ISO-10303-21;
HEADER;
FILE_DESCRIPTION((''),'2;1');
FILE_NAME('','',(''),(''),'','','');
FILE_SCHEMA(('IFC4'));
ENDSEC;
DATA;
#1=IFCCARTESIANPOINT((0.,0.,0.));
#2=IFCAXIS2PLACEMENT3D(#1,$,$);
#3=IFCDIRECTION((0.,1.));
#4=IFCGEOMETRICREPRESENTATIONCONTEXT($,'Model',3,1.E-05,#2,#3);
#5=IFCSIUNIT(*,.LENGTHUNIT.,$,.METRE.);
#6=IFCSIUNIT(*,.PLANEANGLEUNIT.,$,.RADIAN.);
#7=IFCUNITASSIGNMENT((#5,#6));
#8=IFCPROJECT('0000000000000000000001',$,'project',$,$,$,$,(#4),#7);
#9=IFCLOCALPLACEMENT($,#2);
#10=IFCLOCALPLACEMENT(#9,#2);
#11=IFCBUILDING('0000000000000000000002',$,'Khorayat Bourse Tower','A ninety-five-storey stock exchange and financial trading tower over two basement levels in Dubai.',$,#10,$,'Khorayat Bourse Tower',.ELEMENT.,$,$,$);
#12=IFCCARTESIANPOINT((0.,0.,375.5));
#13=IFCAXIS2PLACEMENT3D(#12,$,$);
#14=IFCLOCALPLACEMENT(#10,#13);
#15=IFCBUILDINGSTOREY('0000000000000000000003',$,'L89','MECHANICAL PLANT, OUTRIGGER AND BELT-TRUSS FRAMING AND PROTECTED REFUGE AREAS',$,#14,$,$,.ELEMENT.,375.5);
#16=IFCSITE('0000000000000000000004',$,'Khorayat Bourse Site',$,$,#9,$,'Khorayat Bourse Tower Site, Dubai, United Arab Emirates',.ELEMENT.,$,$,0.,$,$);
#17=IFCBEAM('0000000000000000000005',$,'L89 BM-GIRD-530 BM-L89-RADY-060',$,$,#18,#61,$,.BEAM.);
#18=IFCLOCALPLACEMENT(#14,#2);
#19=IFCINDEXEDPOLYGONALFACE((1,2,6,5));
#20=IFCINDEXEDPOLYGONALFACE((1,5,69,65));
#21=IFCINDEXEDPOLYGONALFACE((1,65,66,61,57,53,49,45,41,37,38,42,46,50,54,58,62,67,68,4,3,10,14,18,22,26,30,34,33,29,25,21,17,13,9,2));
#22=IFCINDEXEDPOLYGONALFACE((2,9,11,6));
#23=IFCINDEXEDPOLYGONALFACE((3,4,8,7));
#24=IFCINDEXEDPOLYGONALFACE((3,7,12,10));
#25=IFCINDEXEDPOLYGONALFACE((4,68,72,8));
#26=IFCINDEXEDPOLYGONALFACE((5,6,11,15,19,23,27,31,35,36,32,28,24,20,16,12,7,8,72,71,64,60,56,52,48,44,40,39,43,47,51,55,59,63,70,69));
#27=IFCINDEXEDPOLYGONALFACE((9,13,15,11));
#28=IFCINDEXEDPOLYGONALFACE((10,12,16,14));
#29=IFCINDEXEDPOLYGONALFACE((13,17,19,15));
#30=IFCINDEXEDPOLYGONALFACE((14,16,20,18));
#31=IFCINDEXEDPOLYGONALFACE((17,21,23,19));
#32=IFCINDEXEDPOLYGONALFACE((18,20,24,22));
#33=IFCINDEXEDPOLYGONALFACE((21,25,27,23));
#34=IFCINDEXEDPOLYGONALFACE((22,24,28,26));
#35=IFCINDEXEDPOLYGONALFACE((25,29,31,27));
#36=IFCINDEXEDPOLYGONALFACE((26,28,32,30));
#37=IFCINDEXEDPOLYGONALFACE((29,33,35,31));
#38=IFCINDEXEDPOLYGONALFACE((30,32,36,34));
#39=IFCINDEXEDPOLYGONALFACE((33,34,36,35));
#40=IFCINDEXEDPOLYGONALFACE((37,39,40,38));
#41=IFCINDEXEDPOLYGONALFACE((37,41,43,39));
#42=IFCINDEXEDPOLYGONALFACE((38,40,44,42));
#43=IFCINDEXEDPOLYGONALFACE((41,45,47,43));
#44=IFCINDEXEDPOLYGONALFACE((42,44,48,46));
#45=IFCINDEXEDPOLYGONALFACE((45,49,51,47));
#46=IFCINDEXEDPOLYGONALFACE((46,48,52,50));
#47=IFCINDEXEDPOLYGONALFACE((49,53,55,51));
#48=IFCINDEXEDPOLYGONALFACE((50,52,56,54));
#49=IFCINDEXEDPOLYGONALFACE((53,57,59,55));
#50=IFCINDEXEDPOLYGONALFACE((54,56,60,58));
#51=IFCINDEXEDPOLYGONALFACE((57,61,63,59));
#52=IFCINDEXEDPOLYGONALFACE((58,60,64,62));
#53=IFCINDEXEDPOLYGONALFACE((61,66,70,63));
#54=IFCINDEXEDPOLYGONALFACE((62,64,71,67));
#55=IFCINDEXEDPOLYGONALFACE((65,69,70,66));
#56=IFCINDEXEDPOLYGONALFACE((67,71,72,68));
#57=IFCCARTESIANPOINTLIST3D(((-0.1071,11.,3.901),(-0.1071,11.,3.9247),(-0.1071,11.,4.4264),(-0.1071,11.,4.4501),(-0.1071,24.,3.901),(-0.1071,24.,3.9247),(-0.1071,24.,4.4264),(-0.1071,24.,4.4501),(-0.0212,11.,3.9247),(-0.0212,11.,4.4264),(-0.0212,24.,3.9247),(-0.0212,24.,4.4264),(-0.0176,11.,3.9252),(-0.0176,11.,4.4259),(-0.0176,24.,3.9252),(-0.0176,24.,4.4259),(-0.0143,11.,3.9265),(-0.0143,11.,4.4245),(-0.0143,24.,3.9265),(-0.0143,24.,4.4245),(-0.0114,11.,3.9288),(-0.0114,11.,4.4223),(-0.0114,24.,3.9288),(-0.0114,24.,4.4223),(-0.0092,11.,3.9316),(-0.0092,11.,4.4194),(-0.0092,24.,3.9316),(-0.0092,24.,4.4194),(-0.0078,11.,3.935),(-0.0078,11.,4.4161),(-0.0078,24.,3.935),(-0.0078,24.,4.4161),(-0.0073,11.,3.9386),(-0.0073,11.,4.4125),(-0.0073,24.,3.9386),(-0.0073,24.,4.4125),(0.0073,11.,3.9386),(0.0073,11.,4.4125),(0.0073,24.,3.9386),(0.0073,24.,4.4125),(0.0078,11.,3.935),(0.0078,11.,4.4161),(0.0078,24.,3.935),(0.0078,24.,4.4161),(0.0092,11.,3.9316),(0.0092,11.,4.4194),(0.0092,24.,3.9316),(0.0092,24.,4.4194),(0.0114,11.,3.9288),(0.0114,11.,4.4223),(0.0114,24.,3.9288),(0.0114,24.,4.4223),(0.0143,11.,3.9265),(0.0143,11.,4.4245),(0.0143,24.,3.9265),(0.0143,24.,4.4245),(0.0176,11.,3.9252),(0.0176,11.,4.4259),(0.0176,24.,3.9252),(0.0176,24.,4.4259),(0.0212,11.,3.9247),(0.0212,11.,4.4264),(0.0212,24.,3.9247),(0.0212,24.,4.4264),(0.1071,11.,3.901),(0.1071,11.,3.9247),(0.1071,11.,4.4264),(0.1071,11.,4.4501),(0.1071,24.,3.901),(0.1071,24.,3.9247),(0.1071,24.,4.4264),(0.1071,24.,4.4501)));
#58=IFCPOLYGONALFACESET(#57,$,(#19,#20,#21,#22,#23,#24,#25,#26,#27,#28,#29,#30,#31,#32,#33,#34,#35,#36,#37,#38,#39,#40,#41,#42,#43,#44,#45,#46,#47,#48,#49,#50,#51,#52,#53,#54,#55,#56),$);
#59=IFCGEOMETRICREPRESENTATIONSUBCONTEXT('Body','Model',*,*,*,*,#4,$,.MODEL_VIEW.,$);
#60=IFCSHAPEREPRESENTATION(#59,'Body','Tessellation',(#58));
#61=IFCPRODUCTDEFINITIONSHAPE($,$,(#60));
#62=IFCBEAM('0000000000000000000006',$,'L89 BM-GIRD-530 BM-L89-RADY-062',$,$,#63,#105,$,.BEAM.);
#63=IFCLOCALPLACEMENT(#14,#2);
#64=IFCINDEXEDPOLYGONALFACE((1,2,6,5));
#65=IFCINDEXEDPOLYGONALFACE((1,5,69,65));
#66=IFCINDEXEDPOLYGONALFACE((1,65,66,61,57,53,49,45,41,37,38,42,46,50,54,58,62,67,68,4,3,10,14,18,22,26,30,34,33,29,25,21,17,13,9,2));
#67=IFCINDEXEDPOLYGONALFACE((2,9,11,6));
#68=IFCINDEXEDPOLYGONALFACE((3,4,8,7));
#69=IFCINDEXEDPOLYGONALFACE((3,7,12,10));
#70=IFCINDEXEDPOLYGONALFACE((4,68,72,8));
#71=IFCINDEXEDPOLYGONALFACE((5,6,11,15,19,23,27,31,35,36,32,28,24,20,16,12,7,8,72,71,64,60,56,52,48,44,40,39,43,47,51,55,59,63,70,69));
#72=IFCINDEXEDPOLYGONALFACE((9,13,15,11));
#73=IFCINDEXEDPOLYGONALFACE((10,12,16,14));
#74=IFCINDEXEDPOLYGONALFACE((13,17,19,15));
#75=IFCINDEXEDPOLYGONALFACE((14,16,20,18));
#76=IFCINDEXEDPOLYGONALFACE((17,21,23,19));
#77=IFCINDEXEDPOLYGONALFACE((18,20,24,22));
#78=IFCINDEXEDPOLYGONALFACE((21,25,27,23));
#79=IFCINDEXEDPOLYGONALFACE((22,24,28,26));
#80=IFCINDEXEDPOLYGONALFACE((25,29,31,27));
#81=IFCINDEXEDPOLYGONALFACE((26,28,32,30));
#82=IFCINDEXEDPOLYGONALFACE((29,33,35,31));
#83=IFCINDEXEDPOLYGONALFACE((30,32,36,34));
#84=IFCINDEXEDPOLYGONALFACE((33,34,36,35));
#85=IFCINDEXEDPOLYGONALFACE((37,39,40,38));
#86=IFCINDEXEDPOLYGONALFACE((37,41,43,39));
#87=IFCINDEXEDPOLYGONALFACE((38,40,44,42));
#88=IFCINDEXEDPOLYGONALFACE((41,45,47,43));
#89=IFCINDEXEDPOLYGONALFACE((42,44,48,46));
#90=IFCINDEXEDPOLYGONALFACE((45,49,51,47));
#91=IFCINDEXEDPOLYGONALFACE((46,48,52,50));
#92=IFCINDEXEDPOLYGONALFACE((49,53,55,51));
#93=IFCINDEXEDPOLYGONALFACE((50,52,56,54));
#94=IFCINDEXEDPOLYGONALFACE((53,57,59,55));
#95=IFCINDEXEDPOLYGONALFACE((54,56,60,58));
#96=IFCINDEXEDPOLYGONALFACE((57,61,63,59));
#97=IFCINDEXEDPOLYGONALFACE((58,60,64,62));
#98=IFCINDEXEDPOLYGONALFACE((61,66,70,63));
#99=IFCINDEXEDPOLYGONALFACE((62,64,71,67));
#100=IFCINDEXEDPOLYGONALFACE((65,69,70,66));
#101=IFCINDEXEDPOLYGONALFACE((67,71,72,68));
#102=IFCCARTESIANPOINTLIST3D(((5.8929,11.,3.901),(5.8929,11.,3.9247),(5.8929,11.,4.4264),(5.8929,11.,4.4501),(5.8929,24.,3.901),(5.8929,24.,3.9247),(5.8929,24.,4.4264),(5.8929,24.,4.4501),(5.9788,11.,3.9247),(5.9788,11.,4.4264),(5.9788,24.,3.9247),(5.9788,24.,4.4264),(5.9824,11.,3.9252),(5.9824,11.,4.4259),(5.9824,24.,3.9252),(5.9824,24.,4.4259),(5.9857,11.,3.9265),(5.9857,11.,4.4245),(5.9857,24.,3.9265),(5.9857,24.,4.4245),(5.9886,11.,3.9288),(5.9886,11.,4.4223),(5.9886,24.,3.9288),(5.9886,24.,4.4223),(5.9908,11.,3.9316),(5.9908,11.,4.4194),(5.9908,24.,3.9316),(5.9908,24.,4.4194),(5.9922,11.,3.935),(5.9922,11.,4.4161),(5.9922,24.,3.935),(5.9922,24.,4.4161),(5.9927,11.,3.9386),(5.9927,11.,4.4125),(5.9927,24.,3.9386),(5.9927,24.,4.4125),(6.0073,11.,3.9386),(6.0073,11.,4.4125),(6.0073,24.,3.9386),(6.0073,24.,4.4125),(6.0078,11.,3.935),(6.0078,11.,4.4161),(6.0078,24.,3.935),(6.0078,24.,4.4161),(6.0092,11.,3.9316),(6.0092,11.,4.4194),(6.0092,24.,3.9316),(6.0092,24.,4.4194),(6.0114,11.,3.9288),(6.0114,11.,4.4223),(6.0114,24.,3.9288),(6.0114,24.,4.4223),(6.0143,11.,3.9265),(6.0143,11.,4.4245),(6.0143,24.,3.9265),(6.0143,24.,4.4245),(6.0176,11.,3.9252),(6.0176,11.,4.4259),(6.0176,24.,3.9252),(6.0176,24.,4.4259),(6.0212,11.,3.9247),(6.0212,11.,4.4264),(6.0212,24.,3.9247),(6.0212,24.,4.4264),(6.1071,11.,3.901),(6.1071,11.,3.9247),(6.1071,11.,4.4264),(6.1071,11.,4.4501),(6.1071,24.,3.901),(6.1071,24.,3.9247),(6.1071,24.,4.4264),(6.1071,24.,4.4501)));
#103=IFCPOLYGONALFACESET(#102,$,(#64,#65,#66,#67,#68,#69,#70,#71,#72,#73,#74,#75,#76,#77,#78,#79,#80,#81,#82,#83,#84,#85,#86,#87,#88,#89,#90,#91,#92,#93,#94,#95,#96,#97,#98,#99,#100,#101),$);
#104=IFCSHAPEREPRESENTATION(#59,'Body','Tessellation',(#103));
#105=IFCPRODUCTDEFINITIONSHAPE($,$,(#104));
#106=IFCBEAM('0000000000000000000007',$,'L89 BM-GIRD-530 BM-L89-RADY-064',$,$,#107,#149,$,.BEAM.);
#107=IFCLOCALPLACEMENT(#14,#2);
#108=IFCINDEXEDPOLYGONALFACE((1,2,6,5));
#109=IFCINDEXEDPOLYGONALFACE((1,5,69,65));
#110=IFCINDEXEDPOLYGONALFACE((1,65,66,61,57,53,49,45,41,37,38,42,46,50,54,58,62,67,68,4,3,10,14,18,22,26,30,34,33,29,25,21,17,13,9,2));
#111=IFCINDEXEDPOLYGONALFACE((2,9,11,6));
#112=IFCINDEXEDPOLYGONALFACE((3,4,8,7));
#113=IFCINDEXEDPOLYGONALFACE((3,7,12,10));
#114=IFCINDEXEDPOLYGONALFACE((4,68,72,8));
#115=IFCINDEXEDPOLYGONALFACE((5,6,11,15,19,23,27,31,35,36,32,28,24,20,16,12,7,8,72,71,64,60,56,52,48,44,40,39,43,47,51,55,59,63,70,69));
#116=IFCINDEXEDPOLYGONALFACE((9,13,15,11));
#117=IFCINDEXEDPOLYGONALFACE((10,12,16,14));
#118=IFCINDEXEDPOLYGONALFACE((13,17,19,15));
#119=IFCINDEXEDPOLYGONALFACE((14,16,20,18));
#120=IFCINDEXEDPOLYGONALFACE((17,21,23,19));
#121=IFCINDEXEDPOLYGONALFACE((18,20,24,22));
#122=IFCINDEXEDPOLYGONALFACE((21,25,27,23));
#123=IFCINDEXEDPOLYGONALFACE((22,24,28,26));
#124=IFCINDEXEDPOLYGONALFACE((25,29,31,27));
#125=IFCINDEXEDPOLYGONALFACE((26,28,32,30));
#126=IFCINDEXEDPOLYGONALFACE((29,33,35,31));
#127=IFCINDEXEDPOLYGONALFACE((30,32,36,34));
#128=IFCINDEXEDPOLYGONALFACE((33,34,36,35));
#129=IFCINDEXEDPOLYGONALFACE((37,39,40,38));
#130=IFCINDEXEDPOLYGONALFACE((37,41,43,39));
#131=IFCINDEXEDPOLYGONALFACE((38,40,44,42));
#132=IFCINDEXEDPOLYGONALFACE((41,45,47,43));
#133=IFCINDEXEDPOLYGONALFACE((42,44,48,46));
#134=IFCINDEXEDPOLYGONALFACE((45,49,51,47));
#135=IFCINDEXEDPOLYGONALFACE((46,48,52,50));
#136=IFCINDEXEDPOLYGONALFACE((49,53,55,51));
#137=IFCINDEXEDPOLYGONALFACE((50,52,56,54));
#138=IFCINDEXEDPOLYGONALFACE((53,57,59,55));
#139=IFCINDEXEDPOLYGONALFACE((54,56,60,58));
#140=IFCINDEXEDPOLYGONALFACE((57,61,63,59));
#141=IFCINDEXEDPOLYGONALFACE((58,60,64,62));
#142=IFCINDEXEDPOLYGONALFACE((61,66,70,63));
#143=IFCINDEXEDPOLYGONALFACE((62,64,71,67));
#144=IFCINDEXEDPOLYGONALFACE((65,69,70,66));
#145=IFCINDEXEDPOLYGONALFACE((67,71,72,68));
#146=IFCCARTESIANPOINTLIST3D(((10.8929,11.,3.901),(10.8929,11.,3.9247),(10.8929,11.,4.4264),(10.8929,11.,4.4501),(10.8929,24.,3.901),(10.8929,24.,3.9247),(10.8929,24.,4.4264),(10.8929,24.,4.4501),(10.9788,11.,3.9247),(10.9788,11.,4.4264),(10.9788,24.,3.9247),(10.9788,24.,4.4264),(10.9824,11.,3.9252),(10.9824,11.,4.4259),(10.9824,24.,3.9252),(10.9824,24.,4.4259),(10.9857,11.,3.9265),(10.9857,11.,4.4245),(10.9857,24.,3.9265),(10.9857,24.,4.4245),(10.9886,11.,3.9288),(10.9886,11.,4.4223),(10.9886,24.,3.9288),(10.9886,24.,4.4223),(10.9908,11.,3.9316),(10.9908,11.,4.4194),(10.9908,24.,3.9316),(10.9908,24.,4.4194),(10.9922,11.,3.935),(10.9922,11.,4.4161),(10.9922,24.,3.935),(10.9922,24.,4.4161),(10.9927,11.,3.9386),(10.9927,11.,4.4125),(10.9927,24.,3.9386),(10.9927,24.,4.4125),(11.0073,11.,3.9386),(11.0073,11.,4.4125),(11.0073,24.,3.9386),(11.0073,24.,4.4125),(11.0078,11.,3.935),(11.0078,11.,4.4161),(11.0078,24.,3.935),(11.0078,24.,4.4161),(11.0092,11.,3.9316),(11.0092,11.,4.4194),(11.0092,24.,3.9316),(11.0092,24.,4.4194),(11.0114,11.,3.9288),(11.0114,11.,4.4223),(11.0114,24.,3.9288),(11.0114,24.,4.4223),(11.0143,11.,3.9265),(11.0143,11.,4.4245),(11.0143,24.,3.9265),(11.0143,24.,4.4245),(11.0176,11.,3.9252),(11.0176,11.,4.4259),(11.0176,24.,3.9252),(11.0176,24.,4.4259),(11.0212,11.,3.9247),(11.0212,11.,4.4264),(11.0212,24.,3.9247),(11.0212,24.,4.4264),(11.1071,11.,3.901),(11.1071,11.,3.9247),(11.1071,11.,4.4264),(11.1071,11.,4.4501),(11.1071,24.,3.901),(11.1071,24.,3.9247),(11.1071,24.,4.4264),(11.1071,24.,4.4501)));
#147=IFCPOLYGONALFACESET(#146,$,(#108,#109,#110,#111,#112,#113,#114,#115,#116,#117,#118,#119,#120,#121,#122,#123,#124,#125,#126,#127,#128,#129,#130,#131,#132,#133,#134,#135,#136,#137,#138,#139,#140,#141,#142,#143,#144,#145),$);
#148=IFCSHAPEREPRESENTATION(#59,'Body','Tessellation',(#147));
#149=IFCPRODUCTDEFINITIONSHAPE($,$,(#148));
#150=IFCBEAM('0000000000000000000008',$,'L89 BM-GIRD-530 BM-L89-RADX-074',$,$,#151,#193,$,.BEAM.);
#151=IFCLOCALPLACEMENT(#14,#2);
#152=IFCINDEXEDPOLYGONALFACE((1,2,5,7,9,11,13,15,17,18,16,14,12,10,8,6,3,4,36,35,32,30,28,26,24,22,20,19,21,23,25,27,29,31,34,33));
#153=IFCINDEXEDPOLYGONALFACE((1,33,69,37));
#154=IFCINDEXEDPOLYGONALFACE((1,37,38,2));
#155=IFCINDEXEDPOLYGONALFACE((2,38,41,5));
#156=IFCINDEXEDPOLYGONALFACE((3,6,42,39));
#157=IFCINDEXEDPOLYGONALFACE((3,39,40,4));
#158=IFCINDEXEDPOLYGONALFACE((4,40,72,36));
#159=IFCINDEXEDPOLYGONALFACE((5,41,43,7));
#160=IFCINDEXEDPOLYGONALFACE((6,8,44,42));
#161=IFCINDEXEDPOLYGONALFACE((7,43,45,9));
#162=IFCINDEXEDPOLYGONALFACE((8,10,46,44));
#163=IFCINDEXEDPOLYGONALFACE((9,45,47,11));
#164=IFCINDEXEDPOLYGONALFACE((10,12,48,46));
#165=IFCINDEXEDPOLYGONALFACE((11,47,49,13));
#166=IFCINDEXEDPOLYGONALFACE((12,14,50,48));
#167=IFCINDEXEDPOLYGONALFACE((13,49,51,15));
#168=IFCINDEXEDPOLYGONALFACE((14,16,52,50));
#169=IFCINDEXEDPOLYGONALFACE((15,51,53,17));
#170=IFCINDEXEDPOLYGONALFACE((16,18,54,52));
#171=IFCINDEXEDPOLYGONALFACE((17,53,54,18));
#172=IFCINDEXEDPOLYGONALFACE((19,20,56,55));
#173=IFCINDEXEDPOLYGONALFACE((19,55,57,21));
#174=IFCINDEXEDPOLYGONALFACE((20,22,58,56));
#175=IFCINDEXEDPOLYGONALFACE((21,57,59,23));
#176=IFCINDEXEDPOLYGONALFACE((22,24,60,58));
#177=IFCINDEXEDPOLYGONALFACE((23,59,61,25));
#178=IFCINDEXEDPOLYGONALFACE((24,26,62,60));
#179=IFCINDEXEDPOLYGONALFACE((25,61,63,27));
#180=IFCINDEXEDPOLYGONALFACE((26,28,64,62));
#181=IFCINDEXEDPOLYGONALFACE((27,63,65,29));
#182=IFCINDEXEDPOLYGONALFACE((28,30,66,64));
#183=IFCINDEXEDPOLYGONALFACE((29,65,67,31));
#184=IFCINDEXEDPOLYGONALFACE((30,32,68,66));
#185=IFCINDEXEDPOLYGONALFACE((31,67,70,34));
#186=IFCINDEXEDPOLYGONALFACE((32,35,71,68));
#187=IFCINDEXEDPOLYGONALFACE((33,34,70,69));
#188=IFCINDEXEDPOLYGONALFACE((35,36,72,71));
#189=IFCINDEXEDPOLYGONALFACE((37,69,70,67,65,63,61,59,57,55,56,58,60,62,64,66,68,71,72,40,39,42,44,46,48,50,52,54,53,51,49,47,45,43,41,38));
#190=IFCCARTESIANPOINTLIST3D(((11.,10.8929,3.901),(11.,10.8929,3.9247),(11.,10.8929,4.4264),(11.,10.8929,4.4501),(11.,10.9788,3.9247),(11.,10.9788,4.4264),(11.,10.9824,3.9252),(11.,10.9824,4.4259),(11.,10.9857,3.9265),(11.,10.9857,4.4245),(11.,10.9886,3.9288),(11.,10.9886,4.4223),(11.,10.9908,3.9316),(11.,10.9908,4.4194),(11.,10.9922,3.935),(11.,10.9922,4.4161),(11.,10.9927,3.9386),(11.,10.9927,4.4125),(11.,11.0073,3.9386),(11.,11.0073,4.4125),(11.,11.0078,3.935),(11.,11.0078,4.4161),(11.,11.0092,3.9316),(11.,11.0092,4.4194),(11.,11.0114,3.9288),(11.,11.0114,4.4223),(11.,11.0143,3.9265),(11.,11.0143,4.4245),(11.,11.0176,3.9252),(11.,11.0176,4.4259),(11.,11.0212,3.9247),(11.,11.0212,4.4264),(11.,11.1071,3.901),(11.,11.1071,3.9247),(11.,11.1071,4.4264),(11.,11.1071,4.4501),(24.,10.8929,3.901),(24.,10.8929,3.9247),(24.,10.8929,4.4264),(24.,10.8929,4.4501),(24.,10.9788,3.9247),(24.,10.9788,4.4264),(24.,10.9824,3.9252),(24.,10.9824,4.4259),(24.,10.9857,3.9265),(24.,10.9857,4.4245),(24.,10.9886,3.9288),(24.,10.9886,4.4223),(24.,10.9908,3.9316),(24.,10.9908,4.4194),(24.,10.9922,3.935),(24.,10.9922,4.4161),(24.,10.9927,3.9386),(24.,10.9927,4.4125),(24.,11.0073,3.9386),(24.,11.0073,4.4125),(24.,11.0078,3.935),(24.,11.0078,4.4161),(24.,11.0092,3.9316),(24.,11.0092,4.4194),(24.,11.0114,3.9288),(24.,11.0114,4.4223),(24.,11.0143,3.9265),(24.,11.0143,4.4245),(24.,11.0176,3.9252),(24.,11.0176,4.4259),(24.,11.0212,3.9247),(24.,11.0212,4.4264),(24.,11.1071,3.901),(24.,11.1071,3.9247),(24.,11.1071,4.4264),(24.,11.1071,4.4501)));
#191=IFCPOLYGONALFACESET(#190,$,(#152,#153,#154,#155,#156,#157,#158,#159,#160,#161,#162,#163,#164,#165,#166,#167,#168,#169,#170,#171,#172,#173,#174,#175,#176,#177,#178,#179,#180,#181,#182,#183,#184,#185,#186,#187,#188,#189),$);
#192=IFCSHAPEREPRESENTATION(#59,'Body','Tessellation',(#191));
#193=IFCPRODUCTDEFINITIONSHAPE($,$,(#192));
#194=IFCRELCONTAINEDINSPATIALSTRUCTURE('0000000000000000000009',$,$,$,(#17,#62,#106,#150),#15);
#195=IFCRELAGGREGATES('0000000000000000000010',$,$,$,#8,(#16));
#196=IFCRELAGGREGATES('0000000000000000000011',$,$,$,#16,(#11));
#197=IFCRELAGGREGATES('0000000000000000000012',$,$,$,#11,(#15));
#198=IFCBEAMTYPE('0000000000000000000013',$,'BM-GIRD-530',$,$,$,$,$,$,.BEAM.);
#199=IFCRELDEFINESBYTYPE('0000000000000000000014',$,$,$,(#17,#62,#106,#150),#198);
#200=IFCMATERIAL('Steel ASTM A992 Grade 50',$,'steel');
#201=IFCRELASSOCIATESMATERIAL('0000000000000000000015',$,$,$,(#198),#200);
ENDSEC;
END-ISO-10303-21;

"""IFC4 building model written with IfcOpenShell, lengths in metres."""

from ifc_helpers import new_model, si_unit, direction, frame, origin, origin_2d, place, context, subcontext, project, spatial, i_section, extrude, source, transform, mapped, material, material_profile, profile_set, type_object, element, save


model = new_model("IFC4")

# Units and contexts
model_context = context("Model", 3, precision=1e-05, world=origin(), true_north=direction((0.0, 1.0)))
body_context = subcontext(model_context, "Body", "Model", "MODEL_VIEW")
ifc_project = project(units=[si_unit("LENGTHUNIT", "METRE"), si_unit("PLANEANGLEUNIT", "RADIAN")], contexts=[model_context])

# Site, building, storey
site_placement = place(None, origin())
site = spatial("IfcSite", under=ifc_project, at=site_placement, Name="Khorayat Bourse Site", LongName="Khorayat Bourse Tower Site, Dubai, United Arab Emirates", CompositionType="ELEMENT", RefElevation=0.0)
building_placement = place(site_placement, origin())
building = spatial("IfcBuilding", under=site, at=building_placement, Name="Khorayat Bourse Tower", Description="A ninety-five-storey stock exchange and financial trading tower over two basement levels in Dubai.", LongName="Khorayat Bourse Tower", CompositionType="ELEMENT")
storey_placement = place(building_placement, frame((0.0, 0.0, 375.5)))
storey = spatial("IfcBuildingStorey", under=building, at=storey_placement, Name="L89", Description="MECHANICAL PLANT, OUTRIGGER AND BELT-TRUSS FRAMING AND PROTECTED REFUGE AREAS", CompositionType="ELEMENT", Elevation=375.5)

# Beams
ifc_material_1 = material(Name="Steel ASTM A992 Grade 50", Category="steel")
ifc_material_profile_1 = material_profile(ifc_material_1, i_section(OverallWidth=0.2141, OverallDepth=0.5491, WebThickness=0.0146, FlangeThickness=0.0237, FilletRadius=0.0139, at=origin_2d()), Name="W530X138")
ifc_profile_set_1 = profile_set([ifc_material_profile_1], Name="Steel ASTM A992 Grade 50")
beam_type_1 = type_object("IfcBeamType", Name="BM-GIRD-530", PredefinedType="BEAM", material=ifc_profile_set_1)
shared_shape_1 = source(origin(), body_context, "Body", "SweptSolid", [
    extrude(i_section(OverallWidth=0.2141, OverallDepth=0.5491, WebThickness=0.0146, FlangeThickness=0.0237, FilletRadius=0.0139, at=origin_2d()), origin(), (0.0, 0.0, 1.0), 13.0),
])
for number, where, z_axis, x_axis, name in (
    (1, (0.0, 11.0, 4.1755), (0.0, 1.0, 0.0), (-1.0, 0.0, 0.0), "L89 BM-GIRD-530 BM-L89-RADY-060"),
    (2, (6.0, 11.0, 4.1755), (0.0, 1.0, 0.0), (-1.0, 0.0, 0.0), "L89 BM-GIRD-530 BM-L89-RADY-062"),
    (3, (11.0, 11.0, 4.1755), (0.0, 1.0, 0.0), (-1.0, 0.0, 0.0), "L89 BM-GIRD-530 BM-L89-RADY-064"),
    (4, (11.0, 11.0, 4.1755), (1.0, 0.0, 0.0), (0.0, 1.0, 0.0), "L89 BM-GIRD-530 BM-L89-RADX-074"),
):
    element("IfcBeam", number, at=place(storey_placement, frame(where, z_axis=z_axis, x_axis=x_axis)), inside=storey, type_object=beam_type_1, Name=name, PredefinedType="BEAM", context=body_context, shape_type="MappedRepresentation", body=[
        mapped(shared_shape_1, transform((0.0, 0.0, 0.0), scale=1.0)),
    ])

save(model, "model.ifc")
